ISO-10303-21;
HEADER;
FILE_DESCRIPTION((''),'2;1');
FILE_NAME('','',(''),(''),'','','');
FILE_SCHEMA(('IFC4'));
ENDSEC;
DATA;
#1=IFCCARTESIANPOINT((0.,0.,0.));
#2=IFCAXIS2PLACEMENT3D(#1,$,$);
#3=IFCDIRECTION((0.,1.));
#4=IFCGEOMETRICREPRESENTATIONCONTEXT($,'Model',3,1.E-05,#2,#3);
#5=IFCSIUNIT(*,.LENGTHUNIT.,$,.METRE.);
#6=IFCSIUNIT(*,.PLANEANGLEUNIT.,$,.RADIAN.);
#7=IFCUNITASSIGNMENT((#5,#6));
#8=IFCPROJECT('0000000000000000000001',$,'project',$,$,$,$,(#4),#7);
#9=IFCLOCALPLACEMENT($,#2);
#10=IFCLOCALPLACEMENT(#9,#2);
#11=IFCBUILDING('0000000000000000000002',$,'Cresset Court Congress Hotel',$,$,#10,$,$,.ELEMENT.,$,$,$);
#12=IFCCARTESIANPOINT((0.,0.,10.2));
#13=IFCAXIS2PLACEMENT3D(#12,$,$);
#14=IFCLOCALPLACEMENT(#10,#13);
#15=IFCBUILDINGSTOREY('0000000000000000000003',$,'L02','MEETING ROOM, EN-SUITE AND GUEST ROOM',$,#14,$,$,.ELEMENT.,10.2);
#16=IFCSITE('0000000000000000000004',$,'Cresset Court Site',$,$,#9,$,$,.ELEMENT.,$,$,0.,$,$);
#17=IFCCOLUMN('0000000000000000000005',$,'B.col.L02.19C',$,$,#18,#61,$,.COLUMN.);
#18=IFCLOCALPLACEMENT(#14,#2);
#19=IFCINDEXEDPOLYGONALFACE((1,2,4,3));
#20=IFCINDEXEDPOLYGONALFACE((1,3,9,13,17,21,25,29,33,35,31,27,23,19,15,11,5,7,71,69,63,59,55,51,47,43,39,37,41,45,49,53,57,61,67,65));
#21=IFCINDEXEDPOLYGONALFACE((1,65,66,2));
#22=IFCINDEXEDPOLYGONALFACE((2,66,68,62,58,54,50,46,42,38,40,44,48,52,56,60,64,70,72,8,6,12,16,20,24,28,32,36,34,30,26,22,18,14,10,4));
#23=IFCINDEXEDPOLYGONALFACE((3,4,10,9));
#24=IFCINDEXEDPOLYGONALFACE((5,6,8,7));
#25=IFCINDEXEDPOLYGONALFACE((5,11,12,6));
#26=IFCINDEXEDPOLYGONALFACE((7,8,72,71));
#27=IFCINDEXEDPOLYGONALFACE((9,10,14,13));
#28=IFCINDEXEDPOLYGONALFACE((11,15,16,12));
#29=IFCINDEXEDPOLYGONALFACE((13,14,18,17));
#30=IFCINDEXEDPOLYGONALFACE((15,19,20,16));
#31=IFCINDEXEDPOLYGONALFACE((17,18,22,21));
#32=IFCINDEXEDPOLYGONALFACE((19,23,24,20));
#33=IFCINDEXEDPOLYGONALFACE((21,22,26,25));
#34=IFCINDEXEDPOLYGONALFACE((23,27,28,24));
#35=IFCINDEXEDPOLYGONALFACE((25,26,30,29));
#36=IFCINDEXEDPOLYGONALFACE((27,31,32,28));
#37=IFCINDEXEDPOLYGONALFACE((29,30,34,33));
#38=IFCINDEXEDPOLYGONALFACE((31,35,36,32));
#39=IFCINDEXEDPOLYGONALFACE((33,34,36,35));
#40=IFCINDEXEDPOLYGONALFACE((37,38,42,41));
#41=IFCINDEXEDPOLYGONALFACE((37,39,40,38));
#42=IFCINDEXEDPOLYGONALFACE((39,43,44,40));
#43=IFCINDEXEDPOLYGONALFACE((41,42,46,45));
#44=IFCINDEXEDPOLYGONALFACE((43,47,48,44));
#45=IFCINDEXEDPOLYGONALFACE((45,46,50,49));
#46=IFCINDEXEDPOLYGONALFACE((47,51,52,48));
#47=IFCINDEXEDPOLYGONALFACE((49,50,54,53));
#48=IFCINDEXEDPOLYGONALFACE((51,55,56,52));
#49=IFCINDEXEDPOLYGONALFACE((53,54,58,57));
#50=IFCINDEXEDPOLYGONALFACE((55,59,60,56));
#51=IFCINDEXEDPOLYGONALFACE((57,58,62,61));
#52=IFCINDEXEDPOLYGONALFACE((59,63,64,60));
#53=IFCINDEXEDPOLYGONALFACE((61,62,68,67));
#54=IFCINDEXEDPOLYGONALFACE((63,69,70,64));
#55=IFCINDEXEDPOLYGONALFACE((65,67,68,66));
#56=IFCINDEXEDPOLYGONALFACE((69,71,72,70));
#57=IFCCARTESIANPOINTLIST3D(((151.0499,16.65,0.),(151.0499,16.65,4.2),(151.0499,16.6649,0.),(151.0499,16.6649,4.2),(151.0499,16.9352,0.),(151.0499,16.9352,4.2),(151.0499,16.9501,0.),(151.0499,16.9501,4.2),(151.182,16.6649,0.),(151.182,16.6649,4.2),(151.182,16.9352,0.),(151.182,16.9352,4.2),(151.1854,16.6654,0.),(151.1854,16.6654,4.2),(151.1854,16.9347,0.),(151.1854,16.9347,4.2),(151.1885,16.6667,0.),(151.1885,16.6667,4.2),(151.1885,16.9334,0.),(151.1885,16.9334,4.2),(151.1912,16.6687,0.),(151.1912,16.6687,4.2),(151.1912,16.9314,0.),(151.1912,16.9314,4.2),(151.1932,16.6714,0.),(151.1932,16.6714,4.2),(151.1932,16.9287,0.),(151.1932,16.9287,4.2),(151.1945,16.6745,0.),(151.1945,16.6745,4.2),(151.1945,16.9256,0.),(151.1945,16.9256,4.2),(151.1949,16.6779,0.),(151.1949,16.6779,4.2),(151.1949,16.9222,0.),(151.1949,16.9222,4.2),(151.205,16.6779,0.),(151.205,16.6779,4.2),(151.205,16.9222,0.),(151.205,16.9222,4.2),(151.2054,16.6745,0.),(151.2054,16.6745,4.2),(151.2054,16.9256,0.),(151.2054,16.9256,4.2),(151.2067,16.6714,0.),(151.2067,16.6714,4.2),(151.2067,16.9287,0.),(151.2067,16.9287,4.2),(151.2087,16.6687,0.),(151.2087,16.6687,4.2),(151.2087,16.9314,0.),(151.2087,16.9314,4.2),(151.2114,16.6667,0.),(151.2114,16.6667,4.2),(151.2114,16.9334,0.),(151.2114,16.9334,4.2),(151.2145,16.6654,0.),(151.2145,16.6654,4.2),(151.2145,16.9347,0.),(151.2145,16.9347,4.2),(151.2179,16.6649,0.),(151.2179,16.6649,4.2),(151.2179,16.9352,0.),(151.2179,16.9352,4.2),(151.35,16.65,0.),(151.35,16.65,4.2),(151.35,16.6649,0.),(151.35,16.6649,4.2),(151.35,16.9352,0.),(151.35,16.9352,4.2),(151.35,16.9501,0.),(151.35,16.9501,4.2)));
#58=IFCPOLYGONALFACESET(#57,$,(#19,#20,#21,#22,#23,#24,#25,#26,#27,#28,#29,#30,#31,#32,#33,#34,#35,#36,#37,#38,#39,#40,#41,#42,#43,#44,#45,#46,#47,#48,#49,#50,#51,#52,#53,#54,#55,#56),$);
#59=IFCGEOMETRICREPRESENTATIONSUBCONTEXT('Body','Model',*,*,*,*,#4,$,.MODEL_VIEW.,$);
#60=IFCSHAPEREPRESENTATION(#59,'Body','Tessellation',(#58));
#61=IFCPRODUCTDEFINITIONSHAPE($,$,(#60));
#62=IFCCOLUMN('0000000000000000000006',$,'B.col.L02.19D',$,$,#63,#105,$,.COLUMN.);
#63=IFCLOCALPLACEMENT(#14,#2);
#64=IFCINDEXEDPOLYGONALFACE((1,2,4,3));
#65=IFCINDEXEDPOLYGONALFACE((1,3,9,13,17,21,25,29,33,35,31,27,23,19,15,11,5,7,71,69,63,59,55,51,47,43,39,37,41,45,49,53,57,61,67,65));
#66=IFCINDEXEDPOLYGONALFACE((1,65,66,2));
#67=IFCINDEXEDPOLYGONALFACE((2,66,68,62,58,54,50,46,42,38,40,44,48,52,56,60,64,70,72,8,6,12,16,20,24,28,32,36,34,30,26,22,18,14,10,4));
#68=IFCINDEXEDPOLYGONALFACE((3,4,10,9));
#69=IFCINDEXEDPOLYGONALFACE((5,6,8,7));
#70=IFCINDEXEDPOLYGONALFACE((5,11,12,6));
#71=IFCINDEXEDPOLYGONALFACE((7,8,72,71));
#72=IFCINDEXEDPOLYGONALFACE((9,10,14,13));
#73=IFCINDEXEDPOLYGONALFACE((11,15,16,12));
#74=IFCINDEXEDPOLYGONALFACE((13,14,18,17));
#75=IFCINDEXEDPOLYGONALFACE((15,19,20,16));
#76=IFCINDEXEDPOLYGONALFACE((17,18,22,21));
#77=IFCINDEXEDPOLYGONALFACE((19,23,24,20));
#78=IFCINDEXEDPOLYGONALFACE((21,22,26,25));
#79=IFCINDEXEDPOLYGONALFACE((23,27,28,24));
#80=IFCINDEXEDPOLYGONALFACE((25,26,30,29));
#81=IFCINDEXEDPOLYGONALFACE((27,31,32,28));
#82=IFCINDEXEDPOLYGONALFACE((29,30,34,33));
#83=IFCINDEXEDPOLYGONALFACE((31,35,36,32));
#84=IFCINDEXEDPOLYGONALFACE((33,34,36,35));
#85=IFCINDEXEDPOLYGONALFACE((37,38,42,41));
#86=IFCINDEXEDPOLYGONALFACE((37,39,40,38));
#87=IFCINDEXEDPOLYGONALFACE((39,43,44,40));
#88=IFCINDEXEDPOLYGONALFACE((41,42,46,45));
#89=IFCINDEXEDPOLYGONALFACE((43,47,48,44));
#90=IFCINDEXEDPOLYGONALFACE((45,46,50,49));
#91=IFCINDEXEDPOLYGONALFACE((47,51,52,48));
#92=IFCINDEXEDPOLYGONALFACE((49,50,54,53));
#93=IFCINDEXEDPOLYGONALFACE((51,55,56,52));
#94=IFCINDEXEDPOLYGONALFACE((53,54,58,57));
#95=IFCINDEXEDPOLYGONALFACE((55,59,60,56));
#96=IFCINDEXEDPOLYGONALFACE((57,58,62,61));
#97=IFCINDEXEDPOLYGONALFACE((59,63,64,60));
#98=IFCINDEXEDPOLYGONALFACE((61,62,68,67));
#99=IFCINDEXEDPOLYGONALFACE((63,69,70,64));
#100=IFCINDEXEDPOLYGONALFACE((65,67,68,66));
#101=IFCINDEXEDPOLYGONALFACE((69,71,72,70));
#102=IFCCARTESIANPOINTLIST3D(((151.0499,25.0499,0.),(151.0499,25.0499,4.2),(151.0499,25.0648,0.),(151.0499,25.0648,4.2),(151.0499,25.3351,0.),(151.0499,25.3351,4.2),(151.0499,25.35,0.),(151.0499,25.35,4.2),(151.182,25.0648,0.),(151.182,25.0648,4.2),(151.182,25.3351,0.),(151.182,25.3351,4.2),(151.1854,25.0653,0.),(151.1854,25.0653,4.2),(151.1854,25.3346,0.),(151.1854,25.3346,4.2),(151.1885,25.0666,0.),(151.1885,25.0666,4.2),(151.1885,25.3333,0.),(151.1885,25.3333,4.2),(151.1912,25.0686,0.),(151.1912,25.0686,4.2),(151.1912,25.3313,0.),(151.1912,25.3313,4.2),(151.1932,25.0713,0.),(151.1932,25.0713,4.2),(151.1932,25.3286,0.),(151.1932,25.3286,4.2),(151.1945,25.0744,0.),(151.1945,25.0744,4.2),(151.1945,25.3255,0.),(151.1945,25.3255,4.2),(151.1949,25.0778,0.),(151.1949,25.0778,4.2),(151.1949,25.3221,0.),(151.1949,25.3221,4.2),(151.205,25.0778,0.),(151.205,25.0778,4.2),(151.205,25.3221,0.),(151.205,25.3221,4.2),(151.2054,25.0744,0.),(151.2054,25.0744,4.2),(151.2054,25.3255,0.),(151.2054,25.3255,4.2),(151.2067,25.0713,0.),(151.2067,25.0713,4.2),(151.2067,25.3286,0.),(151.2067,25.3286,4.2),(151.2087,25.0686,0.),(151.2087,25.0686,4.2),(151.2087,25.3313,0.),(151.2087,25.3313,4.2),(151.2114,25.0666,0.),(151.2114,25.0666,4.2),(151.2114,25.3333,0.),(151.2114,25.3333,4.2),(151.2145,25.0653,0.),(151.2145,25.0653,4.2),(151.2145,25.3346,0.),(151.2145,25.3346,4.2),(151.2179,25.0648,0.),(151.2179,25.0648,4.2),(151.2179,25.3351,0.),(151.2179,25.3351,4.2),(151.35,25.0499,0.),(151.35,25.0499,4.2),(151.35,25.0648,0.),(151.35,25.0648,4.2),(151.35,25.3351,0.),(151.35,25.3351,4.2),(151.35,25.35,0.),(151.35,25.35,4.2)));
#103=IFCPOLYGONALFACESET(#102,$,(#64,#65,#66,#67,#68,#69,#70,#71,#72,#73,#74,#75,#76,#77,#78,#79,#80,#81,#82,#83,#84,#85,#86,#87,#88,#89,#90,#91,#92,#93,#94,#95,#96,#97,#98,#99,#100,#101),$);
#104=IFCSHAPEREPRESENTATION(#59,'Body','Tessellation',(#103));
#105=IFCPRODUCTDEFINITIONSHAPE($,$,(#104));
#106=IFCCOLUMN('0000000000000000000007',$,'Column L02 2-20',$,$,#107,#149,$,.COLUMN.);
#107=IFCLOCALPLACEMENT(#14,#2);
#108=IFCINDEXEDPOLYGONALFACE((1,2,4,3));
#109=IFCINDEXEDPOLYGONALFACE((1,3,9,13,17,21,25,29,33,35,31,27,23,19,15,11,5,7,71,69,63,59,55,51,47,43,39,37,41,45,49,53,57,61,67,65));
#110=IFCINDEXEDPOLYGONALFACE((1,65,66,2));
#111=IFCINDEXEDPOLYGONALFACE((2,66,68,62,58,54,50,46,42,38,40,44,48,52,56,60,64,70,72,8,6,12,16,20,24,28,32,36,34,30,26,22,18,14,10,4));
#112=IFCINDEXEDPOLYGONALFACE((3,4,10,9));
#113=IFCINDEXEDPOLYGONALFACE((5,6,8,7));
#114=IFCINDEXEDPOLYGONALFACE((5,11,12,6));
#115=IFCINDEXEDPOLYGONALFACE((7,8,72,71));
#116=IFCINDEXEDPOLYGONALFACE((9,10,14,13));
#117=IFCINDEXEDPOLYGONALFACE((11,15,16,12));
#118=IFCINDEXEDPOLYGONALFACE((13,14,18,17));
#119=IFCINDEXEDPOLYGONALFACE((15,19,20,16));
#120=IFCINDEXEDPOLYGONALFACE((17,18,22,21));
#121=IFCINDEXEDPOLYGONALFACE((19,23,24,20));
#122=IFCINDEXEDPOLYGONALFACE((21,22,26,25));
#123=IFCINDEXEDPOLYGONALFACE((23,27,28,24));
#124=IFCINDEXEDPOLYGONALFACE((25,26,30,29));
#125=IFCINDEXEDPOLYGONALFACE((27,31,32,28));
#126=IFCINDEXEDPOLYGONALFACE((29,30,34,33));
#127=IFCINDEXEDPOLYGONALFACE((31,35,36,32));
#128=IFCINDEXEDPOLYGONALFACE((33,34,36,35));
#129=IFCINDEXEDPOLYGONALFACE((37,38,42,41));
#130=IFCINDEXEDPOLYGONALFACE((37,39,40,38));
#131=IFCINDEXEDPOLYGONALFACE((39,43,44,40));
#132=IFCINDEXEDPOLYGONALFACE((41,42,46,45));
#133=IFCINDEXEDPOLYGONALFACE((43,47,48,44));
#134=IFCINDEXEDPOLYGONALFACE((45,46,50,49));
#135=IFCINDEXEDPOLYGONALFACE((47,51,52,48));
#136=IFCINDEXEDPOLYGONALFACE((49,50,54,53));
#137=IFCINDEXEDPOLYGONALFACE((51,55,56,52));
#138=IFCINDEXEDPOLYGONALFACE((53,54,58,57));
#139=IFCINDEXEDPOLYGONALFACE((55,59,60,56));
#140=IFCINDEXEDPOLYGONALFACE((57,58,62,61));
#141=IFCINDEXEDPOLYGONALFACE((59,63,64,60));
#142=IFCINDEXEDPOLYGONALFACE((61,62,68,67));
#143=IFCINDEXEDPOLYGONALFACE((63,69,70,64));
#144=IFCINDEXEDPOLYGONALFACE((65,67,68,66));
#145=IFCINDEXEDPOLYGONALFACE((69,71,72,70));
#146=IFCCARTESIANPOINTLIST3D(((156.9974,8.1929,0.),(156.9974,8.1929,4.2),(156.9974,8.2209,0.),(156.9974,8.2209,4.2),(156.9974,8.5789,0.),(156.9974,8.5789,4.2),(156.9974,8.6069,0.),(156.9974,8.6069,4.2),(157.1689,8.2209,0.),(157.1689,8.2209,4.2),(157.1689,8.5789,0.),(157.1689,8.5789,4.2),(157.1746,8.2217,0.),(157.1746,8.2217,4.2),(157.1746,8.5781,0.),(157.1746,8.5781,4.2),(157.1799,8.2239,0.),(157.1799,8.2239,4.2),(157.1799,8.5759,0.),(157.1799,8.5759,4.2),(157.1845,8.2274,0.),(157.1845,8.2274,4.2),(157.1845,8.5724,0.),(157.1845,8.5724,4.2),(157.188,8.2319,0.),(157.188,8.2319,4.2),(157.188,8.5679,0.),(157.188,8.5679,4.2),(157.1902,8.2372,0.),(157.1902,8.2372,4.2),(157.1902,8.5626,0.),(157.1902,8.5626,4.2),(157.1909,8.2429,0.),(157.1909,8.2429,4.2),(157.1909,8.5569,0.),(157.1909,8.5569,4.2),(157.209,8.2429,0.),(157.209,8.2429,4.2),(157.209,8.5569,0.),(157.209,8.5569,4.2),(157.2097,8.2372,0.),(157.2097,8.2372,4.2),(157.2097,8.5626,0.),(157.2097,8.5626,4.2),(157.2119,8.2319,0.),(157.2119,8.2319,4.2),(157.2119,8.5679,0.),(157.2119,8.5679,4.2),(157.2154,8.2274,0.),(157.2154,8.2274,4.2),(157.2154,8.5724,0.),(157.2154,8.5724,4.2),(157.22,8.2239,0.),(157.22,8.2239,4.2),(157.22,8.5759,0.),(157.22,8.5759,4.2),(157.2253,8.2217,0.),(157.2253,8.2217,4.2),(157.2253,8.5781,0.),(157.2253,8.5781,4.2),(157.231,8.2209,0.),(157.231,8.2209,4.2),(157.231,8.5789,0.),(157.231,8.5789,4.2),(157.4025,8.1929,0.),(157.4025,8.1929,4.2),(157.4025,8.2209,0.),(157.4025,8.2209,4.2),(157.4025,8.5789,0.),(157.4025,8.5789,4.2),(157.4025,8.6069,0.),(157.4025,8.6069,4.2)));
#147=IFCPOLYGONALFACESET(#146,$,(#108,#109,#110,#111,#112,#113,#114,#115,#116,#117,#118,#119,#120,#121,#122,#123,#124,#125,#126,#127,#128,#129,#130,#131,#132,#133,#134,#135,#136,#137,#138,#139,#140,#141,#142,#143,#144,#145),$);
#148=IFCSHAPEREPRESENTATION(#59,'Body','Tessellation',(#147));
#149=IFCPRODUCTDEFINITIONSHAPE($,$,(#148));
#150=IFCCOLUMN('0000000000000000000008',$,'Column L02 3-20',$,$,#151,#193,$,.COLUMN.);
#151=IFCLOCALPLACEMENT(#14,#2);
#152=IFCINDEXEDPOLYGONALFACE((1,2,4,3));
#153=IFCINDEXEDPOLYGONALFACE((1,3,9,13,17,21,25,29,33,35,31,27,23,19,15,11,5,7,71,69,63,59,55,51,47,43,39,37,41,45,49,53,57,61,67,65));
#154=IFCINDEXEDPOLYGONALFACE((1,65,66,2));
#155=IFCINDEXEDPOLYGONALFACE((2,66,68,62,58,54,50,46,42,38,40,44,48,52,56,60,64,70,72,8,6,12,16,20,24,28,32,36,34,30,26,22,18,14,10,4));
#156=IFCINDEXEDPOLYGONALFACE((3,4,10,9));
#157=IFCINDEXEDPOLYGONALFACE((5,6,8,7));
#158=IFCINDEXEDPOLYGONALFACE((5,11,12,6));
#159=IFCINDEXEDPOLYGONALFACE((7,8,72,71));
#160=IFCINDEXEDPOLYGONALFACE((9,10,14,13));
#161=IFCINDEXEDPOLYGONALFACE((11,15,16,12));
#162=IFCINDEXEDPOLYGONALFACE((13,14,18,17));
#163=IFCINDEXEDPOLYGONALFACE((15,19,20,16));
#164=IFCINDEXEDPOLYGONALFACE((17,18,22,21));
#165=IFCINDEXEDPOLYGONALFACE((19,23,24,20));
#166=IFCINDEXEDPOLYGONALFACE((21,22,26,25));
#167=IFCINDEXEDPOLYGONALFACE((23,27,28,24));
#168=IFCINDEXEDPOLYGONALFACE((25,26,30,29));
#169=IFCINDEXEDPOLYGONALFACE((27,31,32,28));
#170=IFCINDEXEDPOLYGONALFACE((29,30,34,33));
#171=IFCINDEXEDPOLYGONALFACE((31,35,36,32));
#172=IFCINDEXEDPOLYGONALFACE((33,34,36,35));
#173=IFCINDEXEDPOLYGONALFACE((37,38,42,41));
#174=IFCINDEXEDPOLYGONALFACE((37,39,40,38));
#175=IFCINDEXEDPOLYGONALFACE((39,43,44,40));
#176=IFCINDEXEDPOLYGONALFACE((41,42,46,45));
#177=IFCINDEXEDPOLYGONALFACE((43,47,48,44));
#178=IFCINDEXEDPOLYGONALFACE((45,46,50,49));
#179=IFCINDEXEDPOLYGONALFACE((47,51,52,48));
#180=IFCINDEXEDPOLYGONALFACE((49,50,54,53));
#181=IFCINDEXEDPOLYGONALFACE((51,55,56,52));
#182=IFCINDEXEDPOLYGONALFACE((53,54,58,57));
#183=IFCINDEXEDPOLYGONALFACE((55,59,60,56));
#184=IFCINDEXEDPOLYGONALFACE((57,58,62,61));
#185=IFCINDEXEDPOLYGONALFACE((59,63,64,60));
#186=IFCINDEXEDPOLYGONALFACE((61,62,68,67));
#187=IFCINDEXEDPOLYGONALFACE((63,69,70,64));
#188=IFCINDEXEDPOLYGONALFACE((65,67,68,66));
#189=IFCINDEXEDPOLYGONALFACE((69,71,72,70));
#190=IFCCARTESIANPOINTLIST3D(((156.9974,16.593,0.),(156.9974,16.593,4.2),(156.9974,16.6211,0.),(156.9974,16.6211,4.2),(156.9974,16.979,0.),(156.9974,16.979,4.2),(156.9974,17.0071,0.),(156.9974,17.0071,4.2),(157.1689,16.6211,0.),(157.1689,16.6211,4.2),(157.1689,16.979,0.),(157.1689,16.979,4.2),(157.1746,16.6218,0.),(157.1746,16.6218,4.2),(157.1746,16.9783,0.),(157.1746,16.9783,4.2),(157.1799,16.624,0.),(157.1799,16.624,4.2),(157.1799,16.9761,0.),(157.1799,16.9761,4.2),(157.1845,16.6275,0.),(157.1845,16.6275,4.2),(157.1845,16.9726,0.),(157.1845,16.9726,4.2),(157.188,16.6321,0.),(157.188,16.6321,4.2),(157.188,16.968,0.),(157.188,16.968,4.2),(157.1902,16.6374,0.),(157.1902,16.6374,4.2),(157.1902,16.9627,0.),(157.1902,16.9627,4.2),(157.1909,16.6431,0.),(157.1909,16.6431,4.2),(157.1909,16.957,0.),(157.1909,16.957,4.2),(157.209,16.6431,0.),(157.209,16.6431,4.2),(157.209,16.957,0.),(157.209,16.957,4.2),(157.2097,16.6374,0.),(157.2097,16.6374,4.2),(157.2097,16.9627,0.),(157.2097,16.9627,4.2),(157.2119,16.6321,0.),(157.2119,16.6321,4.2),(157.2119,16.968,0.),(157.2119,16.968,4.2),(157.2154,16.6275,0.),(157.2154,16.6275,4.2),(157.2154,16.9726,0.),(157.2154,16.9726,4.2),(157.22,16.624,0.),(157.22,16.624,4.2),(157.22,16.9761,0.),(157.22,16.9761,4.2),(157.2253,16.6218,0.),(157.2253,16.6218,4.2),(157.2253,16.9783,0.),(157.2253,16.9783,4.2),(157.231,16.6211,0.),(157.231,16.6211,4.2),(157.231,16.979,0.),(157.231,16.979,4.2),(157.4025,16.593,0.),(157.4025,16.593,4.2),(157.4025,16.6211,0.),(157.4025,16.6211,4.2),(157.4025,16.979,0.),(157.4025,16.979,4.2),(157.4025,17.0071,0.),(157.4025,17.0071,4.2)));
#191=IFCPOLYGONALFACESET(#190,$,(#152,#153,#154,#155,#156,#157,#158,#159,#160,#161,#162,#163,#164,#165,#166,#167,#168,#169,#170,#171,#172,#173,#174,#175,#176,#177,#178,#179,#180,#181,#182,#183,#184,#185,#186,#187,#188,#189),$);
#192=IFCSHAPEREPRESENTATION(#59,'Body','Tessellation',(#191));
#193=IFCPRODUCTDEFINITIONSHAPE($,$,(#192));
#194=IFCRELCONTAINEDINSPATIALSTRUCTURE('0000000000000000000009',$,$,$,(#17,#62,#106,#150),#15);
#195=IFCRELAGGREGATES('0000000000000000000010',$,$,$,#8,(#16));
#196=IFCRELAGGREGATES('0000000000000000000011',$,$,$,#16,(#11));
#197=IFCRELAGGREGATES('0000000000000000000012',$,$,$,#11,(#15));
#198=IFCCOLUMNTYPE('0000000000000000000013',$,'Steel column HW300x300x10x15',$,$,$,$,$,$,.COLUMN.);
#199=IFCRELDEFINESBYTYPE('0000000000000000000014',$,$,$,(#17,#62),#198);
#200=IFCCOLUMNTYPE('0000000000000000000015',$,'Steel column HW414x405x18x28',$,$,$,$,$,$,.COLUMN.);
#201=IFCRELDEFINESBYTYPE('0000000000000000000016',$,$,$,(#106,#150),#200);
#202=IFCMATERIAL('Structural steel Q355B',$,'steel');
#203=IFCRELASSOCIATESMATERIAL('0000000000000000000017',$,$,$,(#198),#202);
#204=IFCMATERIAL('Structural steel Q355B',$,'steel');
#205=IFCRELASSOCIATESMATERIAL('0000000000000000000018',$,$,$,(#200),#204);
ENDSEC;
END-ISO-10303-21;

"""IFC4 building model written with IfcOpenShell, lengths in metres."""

from ifc_helpers import new_model, si_unit, direction, frame, origin, origin_2d, place, context, subcontext, project, spatial, i_section, extrude, material, material_profile, profile_set, type_object, element, save


model = new_model("IFC4")

# Units and contexts
model_context = context("Model", 3, precision=1e-05, world=origin(), true_north=direction((0.0, 1.0)))
body_context = subcontext(model_context, "Body", "Model", "MODEL_VIEW")
ifc_project = project(units=[si_unit("LENGTHUNIT", "METRE"), si_unit("PLANEANGLEUNIT", "RADIAN")], contexts=[model_context])

# Site, building, storey
site_placement = place(None, origin())
site = spatial("IfcSite", under=ifc_project, at=site_placement, Name="Cresset Court Site", CompositionType="ELEMENT", RefElevation=0.0)
building_placement = place(site_placement, origin())
building = spatial("IfcBuilding", under=site, at=building_placement, Name="Cresset Court Congress Hotel", CompositionType="ELEMENT")
storey_placement = place(building_placement, frame((0.0, 0.0, 10.2)))
storey = spatial("IfcBuildingStorey", under=building, at=storey_placement, Name="L02", Description="MEETING ROOM, EN-SUITE AND GUEST ROOM", CompositionType="ELEMENT", Elevation=10.2)

# Columns
ifc_material_1 = material(Name="Structural steel Q355B", Category="steel")
ifc_material_profile_1 = material_profile(ifc_material_1, i_section(OverallWidth=0.3, OverallDepth=0.3, WebThickness=0.01, FlangeThickness=0.0149, FilletRadius=0.0129, at=origin_2d()), Name="HW300x300x10x15")
ifc_profile_set_1 = profile_set([ifc_material_profile_1], Name="Structural steel Q355B")
column_type_1 = type_object("IfcColumnType", Name="Steel column HW300x300x10x15", PredefinedType="COLUMN", material=ifc_profile_set_1)
for number, where, z_axis, x_axis, name in (
    (1, (151.2, 16.8, 0.0), (0.0, 0.0, 1.0), (1.0, 0.0, 0.0), "B.col.L02.19C"),
    (2, (151.2, 25.2, 0.0), (0.0, 0.0, 1.0), (1.0, 0.0, 0.0), "B.col.L02.19D"),
):
    element("IfcColumn", number, at=place(storey_placement, frame(where, z_axis=z_axis, x_axis=x_axis)), inside=storey, type_object=column_type_1, Name=name, PredefinedType="COLUMN", context=body_context, shape_type="SweptSolid", body=[
        extrude(i_section(OverallWidth=0.3, OverallDepth=0.3, WebThickness=0.01, FlangeThickness=0.0149, FilletRadius=0.0129, at=origin_2d()), origin(), (0.0, 0.0, 1.0), 4.2),
    ])
ifc_material_2 = material(Name="Structural steel Q355B", Category="steel")
ifc_material_profile_2 = material_profile(ifc_material_2, i_section(OverallWidth=0.405, OverallDepth=0.4141, WebThickness=0.0181, FlangeThickness=0.0281, FilletRadius=0.022, at=origin_2d()), Name="HW414x405x18x28")
ifc_profile_set_2 = profile_set([ifc_material_profile_2], Name="Structural steel Q355B")
column_type_2 = type_object("IfcColumnType", Name="Steel column HW414x405x18x28", PredefinedType="COLUMN", material=ifc_profile_set_2)
for number, where, z_axis, x_axis, name in (
    (3, (157.2, 8.3999, 0.0), (0.0, 0.0, 1.0), (1.0, 0.0, 0.0), "Column L02 2-20"),
    (4, (157.2, 16.8, 0.0), (0.0, 0.0, 1.0), (1.0, 0.0, 0.0), "Column L02 3-20"),
):
    element("IfcColumn", number, at=place(storey_placement, frame(where, z_axis=z_axis, x_axis=x_axis)), inside=storey, type_object=column_type_2, Name=name, PredefinedType="COLUMN", context=body_context, shape_type="SweptSolid", body=[
        extrude(i_section(OverallWidth=0.405, OverallDepth=0.4141, WebThickness=0.0181, FlangeThickness=0.0281, FilletRadius=0.022, at=origin_2d()), origin(), (0.0, 0.0, 1.0), 4.2),
    ])

save(model, "model.ifc")
